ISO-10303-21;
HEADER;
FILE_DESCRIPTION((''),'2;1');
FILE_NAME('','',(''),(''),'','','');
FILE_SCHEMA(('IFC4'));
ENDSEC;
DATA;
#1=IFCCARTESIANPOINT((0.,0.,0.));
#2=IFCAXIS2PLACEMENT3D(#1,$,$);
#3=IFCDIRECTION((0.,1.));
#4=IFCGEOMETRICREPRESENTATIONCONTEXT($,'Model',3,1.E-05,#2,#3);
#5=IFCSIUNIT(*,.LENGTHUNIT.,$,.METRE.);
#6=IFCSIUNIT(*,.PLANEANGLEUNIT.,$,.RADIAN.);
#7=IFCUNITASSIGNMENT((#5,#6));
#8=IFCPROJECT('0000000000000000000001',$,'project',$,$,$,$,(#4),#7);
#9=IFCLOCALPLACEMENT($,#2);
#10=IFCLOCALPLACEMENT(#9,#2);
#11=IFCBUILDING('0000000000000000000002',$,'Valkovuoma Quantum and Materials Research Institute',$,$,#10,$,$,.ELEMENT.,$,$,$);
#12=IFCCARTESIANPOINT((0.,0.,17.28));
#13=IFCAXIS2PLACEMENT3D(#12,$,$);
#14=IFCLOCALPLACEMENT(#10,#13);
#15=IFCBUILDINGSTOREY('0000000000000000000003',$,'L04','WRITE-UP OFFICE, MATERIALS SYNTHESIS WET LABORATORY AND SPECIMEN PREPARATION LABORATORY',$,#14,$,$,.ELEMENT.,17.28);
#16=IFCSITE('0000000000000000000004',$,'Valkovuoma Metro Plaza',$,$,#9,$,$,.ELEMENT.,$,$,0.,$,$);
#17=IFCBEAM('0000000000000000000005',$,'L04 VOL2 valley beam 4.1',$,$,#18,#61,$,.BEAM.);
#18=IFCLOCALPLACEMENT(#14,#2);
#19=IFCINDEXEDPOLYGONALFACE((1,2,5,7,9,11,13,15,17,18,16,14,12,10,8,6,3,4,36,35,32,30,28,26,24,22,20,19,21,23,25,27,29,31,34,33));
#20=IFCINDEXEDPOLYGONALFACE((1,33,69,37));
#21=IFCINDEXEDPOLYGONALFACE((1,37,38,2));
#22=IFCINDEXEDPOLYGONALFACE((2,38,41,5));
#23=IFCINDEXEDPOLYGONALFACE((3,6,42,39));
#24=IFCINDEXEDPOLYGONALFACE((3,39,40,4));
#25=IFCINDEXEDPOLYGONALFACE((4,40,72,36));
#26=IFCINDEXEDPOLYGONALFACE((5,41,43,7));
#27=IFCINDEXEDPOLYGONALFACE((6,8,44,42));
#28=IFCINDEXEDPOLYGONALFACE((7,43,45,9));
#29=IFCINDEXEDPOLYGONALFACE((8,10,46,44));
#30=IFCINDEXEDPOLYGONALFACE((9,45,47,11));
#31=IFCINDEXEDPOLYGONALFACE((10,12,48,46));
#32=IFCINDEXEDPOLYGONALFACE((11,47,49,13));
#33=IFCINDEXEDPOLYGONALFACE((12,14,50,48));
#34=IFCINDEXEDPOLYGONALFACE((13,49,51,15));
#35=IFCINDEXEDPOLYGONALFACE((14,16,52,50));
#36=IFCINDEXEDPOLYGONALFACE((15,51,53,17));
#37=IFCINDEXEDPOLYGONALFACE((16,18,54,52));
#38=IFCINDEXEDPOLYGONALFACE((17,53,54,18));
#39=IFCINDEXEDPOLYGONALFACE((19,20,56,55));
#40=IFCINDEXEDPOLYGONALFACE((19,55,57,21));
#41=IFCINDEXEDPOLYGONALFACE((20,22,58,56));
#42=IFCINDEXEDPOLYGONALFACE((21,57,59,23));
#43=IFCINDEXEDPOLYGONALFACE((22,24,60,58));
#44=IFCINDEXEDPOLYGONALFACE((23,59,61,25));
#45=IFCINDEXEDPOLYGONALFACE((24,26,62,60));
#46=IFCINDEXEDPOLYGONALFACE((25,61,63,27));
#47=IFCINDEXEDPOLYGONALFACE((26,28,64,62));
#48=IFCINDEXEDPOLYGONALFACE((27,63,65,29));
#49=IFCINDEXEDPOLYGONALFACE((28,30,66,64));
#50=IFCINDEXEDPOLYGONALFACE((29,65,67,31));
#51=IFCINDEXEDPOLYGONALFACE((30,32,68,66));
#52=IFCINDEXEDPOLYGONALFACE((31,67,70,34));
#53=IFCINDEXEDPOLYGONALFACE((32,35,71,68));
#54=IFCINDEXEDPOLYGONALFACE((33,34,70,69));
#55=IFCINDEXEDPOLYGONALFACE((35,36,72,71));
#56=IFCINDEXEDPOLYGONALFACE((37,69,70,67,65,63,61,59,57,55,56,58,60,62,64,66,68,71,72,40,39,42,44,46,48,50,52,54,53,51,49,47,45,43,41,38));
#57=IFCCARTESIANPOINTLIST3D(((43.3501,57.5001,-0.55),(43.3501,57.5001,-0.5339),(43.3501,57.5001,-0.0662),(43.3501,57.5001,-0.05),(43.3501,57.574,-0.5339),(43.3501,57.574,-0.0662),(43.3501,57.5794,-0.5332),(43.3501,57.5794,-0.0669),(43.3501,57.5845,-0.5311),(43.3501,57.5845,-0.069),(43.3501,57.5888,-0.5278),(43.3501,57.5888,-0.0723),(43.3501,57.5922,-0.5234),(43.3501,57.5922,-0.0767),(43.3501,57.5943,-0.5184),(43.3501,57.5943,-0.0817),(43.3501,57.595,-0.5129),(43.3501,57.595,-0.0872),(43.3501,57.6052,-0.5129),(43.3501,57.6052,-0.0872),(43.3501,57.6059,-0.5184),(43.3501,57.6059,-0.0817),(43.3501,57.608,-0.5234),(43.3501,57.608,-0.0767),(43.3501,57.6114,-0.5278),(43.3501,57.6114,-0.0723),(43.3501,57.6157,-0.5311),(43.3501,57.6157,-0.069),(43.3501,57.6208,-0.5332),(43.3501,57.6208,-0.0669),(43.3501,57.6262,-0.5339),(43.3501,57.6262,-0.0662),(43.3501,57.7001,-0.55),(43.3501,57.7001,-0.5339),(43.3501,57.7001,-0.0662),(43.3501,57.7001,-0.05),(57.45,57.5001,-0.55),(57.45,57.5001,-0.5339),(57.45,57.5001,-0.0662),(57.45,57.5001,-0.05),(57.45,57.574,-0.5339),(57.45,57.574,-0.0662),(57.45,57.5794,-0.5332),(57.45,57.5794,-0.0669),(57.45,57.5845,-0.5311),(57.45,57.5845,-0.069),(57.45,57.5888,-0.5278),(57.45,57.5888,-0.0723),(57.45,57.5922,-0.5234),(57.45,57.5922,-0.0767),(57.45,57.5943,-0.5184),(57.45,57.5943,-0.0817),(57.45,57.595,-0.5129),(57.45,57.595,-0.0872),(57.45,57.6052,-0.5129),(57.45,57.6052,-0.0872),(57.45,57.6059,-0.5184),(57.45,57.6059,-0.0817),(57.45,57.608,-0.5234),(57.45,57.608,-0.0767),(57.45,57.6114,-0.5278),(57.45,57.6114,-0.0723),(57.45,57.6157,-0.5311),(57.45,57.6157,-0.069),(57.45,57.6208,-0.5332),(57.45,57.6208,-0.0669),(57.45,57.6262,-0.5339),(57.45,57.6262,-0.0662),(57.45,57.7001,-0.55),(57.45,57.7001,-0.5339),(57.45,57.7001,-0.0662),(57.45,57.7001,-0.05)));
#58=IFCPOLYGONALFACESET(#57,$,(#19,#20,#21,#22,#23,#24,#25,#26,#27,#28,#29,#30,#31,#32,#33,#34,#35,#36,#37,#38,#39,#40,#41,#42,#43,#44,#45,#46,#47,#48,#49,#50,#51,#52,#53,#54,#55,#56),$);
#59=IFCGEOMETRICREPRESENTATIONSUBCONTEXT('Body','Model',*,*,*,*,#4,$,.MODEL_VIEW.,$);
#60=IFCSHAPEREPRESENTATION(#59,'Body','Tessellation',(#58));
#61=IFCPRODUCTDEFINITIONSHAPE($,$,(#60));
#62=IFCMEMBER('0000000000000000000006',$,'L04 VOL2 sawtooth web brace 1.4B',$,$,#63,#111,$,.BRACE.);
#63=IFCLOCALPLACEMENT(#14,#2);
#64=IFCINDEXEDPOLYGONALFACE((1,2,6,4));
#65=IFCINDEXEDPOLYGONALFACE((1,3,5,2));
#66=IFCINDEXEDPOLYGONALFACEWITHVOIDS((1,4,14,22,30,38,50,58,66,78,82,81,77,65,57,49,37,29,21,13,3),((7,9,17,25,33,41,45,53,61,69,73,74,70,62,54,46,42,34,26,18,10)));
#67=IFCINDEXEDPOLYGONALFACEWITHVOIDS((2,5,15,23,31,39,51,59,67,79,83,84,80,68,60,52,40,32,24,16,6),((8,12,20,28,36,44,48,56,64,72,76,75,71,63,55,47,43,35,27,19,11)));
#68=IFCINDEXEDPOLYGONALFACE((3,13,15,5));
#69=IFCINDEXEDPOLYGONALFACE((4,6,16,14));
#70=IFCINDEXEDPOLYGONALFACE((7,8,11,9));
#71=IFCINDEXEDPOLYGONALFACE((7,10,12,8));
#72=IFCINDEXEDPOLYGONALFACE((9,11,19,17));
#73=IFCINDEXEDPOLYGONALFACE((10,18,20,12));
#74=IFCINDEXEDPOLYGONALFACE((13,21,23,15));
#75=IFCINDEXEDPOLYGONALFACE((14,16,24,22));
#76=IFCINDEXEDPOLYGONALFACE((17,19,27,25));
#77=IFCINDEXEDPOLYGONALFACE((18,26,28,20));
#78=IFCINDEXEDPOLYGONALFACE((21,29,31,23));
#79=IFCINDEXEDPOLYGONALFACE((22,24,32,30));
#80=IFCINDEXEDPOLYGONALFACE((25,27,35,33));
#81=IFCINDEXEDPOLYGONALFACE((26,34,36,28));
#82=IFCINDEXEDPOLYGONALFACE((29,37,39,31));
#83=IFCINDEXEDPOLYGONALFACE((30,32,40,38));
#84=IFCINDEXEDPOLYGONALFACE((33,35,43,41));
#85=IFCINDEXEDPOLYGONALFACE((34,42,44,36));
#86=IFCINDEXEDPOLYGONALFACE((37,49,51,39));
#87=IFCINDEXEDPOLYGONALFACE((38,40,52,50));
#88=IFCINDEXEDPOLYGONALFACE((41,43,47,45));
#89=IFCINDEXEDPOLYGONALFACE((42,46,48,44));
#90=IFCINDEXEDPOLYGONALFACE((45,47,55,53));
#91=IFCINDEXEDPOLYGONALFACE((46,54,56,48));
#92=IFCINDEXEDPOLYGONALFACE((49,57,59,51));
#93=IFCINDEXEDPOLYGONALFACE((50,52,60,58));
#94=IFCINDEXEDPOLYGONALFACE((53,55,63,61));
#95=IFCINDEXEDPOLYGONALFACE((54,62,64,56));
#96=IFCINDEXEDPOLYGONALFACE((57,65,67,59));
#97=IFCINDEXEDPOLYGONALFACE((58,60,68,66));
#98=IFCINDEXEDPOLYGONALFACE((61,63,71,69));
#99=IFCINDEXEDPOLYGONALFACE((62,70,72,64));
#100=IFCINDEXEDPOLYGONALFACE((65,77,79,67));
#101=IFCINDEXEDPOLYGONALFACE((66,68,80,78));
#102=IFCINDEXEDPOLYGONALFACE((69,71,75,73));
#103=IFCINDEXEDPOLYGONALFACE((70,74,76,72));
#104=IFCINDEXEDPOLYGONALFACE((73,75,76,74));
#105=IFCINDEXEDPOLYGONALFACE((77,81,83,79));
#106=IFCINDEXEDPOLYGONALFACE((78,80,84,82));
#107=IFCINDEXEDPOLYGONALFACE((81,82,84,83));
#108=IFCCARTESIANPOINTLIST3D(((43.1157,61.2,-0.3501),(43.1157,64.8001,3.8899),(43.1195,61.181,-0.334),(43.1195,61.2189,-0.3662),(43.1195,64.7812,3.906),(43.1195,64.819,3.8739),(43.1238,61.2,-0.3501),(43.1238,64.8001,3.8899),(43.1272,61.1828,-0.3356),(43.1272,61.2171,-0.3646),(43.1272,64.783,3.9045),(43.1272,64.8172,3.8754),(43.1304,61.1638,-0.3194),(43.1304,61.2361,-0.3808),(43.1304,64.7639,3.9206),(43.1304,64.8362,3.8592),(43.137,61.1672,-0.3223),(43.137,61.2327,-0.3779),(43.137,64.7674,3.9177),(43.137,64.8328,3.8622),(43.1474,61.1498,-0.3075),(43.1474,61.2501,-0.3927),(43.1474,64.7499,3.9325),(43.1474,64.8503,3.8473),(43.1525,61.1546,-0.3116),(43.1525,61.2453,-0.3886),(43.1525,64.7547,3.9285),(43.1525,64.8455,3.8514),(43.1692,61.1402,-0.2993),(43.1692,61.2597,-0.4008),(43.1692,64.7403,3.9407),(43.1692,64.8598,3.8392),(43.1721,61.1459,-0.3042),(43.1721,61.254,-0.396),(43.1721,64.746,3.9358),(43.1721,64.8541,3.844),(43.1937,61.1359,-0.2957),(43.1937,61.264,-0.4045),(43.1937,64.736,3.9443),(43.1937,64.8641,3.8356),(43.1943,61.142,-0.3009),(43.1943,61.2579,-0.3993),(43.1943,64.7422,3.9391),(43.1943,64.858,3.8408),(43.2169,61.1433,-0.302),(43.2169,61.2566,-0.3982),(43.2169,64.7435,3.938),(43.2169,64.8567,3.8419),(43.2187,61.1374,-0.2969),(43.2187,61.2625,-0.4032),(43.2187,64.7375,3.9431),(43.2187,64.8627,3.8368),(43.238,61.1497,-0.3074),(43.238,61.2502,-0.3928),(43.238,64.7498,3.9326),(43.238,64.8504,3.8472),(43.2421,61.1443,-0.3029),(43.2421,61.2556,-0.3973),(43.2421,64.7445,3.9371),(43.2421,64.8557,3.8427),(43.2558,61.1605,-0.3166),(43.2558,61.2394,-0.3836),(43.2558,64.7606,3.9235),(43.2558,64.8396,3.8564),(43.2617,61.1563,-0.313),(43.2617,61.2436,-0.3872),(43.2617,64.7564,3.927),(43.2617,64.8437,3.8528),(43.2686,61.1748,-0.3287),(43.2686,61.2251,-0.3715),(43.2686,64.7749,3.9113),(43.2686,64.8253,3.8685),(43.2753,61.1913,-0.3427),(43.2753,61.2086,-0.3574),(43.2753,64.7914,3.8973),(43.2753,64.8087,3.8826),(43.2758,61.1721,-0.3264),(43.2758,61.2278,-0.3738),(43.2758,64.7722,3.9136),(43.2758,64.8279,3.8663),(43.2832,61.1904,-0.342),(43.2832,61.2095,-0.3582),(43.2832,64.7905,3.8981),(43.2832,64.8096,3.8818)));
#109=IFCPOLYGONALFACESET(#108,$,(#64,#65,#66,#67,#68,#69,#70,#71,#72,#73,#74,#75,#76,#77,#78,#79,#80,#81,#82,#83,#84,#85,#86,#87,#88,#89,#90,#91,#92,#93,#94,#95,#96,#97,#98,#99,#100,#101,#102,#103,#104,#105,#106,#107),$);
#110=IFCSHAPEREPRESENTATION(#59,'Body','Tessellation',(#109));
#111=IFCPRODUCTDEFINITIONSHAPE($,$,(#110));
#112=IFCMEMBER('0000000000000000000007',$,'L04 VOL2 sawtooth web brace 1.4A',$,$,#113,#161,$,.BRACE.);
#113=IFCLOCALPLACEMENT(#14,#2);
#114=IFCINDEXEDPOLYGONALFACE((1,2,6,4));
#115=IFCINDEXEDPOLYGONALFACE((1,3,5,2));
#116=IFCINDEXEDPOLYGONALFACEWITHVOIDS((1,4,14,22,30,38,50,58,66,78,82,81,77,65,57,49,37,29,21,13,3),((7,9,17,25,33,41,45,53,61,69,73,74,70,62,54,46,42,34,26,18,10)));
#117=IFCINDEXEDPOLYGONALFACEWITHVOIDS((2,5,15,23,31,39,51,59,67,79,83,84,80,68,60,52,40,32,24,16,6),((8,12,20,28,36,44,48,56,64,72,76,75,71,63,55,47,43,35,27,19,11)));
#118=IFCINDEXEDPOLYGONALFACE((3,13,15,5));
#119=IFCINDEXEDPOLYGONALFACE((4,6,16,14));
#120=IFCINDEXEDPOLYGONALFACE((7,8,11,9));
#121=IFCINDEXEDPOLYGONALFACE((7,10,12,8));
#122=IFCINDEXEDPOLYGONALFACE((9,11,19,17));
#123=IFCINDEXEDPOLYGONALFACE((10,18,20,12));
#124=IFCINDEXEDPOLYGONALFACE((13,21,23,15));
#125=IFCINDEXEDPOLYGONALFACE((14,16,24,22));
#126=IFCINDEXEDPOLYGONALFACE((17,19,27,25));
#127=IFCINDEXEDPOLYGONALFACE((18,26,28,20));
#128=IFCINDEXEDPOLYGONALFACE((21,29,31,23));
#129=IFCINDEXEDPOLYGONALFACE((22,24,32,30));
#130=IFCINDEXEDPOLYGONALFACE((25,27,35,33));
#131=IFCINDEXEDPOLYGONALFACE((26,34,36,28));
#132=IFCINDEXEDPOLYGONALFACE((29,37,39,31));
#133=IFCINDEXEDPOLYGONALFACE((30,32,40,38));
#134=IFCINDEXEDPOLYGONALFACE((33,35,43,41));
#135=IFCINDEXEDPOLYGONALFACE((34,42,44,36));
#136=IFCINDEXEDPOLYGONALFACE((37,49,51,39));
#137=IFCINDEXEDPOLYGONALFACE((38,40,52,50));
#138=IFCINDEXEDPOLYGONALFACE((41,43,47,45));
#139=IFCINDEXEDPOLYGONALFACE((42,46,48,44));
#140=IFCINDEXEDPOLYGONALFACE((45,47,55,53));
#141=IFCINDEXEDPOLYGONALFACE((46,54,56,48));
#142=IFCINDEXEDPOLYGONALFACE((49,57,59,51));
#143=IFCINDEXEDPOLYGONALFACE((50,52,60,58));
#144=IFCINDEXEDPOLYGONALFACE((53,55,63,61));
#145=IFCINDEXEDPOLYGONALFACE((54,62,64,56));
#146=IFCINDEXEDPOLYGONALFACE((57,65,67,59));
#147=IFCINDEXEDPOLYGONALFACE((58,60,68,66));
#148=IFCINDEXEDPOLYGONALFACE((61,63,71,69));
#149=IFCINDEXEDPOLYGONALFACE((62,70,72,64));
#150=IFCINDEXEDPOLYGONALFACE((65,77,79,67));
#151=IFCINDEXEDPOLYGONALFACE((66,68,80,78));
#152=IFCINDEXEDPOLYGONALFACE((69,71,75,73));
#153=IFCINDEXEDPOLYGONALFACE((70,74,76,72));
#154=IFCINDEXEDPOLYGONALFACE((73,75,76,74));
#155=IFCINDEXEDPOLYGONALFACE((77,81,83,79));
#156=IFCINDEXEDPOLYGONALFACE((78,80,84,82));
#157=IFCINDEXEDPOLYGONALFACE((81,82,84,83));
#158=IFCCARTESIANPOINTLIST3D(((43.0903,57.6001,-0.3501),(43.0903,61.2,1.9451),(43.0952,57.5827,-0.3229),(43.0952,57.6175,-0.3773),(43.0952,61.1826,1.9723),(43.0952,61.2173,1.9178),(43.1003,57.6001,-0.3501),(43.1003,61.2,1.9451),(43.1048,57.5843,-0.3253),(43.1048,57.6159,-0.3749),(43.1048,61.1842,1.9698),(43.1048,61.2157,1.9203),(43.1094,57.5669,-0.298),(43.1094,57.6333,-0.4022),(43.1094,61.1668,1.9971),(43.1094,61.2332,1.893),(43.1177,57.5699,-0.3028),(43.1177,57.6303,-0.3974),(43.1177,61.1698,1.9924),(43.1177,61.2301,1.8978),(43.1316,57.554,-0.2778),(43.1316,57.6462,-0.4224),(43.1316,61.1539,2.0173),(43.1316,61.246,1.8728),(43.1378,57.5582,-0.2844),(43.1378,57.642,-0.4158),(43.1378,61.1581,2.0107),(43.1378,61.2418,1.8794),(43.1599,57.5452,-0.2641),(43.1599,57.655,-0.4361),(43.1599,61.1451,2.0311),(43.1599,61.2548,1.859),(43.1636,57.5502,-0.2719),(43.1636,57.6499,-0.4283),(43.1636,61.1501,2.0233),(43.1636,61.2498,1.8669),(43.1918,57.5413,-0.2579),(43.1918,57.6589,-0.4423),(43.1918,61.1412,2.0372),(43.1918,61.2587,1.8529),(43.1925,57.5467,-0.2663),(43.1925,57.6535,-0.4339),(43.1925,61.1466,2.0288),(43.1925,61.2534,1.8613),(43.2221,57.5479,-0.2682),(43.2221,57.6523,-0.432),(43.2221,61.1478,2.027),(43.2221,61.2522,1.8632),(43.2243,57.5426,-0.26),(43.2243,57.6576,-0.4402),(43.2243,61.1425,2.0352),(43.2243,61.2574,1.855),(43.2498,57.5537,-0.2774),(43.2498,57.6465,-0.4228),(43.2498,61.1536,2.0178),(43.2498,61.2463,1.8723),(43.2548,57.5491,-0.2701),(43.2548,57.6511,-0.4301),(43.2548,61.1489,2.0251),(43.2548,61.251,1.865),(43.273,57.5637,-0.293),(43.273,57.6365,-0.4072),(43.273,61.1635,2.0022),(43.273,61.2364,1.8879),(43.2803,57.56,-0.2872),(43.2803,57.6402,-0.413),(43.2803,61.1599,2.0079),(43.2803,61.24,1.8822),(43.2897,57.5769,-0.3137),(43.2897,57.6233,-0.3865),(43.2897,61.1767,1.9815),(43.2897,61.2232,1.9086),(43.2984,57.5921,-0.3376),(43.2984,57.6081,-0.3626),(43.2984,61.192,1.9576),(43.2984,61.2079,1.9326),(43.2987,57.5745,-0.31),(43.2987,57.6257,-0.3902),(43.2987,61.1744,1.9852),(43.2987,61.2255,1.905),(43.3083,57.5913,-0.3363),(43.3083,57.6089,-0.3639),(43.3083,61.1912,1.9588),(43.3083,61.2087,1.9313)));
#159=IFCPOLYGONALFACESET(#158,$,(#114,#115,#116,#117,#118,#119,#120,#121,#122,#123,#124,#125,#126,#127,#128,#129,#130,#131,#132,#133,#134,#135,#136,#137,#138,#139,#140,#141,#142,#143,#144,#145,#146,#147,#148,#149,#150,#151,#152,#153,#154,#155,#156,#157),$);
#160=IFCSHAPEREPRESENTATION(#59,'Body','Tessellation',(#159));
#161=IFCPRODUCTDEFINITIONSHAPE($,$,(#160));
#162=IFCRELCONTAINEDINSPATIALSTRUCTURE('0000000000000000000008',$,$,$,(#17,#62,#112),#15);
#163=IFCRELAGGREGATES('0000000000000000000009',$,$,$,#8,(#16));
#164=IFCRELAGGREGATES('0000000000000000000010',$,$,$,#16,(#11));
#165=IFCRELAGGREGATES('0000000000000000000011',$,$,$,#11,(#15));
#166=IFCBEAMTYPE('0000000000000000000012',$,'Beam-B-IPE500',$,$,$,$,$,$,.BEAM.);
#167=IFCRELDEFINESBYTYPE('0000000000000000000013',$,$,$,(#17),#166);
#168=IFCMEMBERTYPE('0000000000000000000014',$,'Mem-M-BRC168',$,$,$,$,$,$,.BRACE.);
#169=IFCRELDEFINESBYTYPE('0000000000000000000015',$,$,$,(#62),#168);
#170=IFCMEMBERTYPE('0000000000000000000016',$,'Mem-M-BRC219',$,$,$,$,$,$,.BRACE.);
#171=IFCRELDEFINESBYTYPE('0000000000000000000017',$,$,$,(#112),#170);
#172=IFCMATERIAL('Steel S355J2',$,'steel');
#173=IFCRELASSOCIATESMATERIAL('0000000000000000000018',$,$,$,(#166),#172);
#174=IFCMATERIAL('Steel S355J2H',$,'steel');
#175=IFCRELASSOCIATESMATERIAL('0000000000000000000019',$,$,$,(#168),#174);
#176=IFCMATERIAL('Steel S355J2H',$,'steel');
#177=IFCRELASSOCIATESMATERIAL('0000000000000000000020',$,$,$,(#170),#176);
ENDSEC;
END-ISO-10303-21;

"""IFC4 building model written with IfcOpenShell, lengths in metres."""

from ifc_helpers import new_model, si_unit, direction, frame, origin, origin_2d, place, context, subcontext, project, spatial, hollow_circle, i_section, extrude, material, material_profile, profile_set, type_object, element, save


model = new_model("IFC4")

# Units and contexts
model_context = context("Model", 3, precision=1e-05, world=origin(), true_north=direction((0.0, 1.0)))
body_context = subcontext(model_context, "Body", "Model", "MODEL_VIEW")
ifc_project = project(units=[si_unit("LENGTHUNIT", "METRE"), si_unit("PLANEANGLEUNIT", "RADIAN")], contexts=[model_context])

# Site, building, storey
site_placement = place(None, origin())
site = spatial("IfcSite", under=ifc_project, at=site_placement, Name="Valkovuoma Metro Plaza", CompositionType="ELEMENT", RefElevation=0.0)
building_placement = place(site_placement, origin())
building = spatial("IfcBuilding", under=site, at=building_placement, Name="Valkovuoma Quantum and Materials Research Institute", CompositionType="ELEMENT")
storey_placement = place(building_placement, frame((0.0, 0.0, 17.28)))
storey = spatial("IfcBuildingStorey", under=building, at=storey_placement, Name="L04", Description="WRITE-UP OFFICE, MATERIALS SYNTHESIS WET LABORATORY AND SPECIMEN PREPARATION LABORATORY", CompositionType="ELEMENT", Elevation=17.28)

# Beam
ifc_material_1 = material(Name="Steel S355J2", Category="steel")
ifc_material_profile_1 = material_profile(ifc_material_1, i_section(OverallWidth=0.2, OverallDepth=0.5, WebThickness=0.0103, FlangeThickness=0.0161, FilletRadius=0.021, at=origin_2d()), Name="Steel S355J2")
ifc_profile_set_1 = profile_set([ifc_material_profile_1], Name="Steel S355J2")
beam_type = type_object("IfcBeamType", Name="Beam-B-IPE500", PredefinedType="BEAM", material=ifc_profile_set_1)
beam_placement = place(storey_placement, frame((43.3501, 57.6001, -0.3), z_axis=(1.0, 0.0, 0.0), x_axis=(0.0, 1.0, 0.0)))
element("IfcBeam", 1, at=beam_placement, inside=storey, type_object=beam_type, Name="L04 VOL2 valley beam 4.1", PredefinedType="BEAM", context=body_context, shape_type="SweptSolid", body=[
    extrude(i_section(OverallWidth=0.2, OverallDepth=0.5, WebThickness=0.0103, FlangeThickness=0.0161, FilletRadius=0.021, at=origin_2d()), origin(), (0.0, 0.0, 1.0), 14.0999),
])

# Members
ifc_material_2 = material(Name="Steel S355J2H", Category="steel")
ifc_material_profile_2 = material_profile(ifc_material_2, hollow_circle(Radius=0.0842, WallThickness=0.0081, at=origin_2d()), Name="Steel S355J2H")
ifc_profile_set_2 = profile_set([ifc_material_profile_2], Name="Steel S355J2H")
member_type_1 = type_object("IfcMemberType", Name="Mem-M-BRC168", PredefinedType="BRACE", material=ifc_profile_set_2)
member_1_placement = place(storey_placement, frame((43.2, 61.2, -0.3501), z_axis=(0.0, 0.647242, 0.762285), x_axis=(-1.0, 0.0, 0.0)))
element("IfcMember", 2, at=member_1_placement, inside=storey, type_object=member_type_1, Name="L04 VOL2 sawtooth web brace 1.4B", PredefinedType="BRACE", context=body_context, shape_type="SweptSolid", body=[
    extrude(hollow_circle(Radius=0.0842, WallThickness=0.0081, at=origin_2d()), origin(), (0.0, 0.0, 1.0), 5.5623),
])
ifc_material_3 = material(Name="Steel S355J2H", Category="steel")
ifc_material_profile_3 = material_profile(ifc_material_3, hollow_circle(Radius=0.1096, WallThickness=0.01, at=origin_2d()), Name="Steel S355J2H")
ifc_profile_set_3 = profile_set([ifc_material_profile_3], Name="Steel S355J2H")
member_type_2 = type_object("IfcMemberType", Name="Mem-M-BRC219", PredefinedType="BRACE", material=ifc_profile_set_3)
for number, where, z_axis, x_axis, name in (
    (3, (43.2, 57.6001, -0.3501), (0.0, 0.8432, 0.537601), (-1.0, 0.0, 0.0), "L04 VOL2 sawtooth web brace 1.4A"),
):
    element("IfcMember", number, at=place(storey_placement, frame(where, z_axis=z_axis, x_axis=x_axis)), inside=storey, type_object=member_type_2, Name=name, PredefinedType="BRACE", context=body_context, shape_type="SweptSolid", body=[
        extrude(hollow_circle(Radius=0.1096, WallThickness=0.01, at=origin_2d()), origin(), (0.0, 0.0, 1.0), 4.2693),
    ])

save(model, "model.ifc")
